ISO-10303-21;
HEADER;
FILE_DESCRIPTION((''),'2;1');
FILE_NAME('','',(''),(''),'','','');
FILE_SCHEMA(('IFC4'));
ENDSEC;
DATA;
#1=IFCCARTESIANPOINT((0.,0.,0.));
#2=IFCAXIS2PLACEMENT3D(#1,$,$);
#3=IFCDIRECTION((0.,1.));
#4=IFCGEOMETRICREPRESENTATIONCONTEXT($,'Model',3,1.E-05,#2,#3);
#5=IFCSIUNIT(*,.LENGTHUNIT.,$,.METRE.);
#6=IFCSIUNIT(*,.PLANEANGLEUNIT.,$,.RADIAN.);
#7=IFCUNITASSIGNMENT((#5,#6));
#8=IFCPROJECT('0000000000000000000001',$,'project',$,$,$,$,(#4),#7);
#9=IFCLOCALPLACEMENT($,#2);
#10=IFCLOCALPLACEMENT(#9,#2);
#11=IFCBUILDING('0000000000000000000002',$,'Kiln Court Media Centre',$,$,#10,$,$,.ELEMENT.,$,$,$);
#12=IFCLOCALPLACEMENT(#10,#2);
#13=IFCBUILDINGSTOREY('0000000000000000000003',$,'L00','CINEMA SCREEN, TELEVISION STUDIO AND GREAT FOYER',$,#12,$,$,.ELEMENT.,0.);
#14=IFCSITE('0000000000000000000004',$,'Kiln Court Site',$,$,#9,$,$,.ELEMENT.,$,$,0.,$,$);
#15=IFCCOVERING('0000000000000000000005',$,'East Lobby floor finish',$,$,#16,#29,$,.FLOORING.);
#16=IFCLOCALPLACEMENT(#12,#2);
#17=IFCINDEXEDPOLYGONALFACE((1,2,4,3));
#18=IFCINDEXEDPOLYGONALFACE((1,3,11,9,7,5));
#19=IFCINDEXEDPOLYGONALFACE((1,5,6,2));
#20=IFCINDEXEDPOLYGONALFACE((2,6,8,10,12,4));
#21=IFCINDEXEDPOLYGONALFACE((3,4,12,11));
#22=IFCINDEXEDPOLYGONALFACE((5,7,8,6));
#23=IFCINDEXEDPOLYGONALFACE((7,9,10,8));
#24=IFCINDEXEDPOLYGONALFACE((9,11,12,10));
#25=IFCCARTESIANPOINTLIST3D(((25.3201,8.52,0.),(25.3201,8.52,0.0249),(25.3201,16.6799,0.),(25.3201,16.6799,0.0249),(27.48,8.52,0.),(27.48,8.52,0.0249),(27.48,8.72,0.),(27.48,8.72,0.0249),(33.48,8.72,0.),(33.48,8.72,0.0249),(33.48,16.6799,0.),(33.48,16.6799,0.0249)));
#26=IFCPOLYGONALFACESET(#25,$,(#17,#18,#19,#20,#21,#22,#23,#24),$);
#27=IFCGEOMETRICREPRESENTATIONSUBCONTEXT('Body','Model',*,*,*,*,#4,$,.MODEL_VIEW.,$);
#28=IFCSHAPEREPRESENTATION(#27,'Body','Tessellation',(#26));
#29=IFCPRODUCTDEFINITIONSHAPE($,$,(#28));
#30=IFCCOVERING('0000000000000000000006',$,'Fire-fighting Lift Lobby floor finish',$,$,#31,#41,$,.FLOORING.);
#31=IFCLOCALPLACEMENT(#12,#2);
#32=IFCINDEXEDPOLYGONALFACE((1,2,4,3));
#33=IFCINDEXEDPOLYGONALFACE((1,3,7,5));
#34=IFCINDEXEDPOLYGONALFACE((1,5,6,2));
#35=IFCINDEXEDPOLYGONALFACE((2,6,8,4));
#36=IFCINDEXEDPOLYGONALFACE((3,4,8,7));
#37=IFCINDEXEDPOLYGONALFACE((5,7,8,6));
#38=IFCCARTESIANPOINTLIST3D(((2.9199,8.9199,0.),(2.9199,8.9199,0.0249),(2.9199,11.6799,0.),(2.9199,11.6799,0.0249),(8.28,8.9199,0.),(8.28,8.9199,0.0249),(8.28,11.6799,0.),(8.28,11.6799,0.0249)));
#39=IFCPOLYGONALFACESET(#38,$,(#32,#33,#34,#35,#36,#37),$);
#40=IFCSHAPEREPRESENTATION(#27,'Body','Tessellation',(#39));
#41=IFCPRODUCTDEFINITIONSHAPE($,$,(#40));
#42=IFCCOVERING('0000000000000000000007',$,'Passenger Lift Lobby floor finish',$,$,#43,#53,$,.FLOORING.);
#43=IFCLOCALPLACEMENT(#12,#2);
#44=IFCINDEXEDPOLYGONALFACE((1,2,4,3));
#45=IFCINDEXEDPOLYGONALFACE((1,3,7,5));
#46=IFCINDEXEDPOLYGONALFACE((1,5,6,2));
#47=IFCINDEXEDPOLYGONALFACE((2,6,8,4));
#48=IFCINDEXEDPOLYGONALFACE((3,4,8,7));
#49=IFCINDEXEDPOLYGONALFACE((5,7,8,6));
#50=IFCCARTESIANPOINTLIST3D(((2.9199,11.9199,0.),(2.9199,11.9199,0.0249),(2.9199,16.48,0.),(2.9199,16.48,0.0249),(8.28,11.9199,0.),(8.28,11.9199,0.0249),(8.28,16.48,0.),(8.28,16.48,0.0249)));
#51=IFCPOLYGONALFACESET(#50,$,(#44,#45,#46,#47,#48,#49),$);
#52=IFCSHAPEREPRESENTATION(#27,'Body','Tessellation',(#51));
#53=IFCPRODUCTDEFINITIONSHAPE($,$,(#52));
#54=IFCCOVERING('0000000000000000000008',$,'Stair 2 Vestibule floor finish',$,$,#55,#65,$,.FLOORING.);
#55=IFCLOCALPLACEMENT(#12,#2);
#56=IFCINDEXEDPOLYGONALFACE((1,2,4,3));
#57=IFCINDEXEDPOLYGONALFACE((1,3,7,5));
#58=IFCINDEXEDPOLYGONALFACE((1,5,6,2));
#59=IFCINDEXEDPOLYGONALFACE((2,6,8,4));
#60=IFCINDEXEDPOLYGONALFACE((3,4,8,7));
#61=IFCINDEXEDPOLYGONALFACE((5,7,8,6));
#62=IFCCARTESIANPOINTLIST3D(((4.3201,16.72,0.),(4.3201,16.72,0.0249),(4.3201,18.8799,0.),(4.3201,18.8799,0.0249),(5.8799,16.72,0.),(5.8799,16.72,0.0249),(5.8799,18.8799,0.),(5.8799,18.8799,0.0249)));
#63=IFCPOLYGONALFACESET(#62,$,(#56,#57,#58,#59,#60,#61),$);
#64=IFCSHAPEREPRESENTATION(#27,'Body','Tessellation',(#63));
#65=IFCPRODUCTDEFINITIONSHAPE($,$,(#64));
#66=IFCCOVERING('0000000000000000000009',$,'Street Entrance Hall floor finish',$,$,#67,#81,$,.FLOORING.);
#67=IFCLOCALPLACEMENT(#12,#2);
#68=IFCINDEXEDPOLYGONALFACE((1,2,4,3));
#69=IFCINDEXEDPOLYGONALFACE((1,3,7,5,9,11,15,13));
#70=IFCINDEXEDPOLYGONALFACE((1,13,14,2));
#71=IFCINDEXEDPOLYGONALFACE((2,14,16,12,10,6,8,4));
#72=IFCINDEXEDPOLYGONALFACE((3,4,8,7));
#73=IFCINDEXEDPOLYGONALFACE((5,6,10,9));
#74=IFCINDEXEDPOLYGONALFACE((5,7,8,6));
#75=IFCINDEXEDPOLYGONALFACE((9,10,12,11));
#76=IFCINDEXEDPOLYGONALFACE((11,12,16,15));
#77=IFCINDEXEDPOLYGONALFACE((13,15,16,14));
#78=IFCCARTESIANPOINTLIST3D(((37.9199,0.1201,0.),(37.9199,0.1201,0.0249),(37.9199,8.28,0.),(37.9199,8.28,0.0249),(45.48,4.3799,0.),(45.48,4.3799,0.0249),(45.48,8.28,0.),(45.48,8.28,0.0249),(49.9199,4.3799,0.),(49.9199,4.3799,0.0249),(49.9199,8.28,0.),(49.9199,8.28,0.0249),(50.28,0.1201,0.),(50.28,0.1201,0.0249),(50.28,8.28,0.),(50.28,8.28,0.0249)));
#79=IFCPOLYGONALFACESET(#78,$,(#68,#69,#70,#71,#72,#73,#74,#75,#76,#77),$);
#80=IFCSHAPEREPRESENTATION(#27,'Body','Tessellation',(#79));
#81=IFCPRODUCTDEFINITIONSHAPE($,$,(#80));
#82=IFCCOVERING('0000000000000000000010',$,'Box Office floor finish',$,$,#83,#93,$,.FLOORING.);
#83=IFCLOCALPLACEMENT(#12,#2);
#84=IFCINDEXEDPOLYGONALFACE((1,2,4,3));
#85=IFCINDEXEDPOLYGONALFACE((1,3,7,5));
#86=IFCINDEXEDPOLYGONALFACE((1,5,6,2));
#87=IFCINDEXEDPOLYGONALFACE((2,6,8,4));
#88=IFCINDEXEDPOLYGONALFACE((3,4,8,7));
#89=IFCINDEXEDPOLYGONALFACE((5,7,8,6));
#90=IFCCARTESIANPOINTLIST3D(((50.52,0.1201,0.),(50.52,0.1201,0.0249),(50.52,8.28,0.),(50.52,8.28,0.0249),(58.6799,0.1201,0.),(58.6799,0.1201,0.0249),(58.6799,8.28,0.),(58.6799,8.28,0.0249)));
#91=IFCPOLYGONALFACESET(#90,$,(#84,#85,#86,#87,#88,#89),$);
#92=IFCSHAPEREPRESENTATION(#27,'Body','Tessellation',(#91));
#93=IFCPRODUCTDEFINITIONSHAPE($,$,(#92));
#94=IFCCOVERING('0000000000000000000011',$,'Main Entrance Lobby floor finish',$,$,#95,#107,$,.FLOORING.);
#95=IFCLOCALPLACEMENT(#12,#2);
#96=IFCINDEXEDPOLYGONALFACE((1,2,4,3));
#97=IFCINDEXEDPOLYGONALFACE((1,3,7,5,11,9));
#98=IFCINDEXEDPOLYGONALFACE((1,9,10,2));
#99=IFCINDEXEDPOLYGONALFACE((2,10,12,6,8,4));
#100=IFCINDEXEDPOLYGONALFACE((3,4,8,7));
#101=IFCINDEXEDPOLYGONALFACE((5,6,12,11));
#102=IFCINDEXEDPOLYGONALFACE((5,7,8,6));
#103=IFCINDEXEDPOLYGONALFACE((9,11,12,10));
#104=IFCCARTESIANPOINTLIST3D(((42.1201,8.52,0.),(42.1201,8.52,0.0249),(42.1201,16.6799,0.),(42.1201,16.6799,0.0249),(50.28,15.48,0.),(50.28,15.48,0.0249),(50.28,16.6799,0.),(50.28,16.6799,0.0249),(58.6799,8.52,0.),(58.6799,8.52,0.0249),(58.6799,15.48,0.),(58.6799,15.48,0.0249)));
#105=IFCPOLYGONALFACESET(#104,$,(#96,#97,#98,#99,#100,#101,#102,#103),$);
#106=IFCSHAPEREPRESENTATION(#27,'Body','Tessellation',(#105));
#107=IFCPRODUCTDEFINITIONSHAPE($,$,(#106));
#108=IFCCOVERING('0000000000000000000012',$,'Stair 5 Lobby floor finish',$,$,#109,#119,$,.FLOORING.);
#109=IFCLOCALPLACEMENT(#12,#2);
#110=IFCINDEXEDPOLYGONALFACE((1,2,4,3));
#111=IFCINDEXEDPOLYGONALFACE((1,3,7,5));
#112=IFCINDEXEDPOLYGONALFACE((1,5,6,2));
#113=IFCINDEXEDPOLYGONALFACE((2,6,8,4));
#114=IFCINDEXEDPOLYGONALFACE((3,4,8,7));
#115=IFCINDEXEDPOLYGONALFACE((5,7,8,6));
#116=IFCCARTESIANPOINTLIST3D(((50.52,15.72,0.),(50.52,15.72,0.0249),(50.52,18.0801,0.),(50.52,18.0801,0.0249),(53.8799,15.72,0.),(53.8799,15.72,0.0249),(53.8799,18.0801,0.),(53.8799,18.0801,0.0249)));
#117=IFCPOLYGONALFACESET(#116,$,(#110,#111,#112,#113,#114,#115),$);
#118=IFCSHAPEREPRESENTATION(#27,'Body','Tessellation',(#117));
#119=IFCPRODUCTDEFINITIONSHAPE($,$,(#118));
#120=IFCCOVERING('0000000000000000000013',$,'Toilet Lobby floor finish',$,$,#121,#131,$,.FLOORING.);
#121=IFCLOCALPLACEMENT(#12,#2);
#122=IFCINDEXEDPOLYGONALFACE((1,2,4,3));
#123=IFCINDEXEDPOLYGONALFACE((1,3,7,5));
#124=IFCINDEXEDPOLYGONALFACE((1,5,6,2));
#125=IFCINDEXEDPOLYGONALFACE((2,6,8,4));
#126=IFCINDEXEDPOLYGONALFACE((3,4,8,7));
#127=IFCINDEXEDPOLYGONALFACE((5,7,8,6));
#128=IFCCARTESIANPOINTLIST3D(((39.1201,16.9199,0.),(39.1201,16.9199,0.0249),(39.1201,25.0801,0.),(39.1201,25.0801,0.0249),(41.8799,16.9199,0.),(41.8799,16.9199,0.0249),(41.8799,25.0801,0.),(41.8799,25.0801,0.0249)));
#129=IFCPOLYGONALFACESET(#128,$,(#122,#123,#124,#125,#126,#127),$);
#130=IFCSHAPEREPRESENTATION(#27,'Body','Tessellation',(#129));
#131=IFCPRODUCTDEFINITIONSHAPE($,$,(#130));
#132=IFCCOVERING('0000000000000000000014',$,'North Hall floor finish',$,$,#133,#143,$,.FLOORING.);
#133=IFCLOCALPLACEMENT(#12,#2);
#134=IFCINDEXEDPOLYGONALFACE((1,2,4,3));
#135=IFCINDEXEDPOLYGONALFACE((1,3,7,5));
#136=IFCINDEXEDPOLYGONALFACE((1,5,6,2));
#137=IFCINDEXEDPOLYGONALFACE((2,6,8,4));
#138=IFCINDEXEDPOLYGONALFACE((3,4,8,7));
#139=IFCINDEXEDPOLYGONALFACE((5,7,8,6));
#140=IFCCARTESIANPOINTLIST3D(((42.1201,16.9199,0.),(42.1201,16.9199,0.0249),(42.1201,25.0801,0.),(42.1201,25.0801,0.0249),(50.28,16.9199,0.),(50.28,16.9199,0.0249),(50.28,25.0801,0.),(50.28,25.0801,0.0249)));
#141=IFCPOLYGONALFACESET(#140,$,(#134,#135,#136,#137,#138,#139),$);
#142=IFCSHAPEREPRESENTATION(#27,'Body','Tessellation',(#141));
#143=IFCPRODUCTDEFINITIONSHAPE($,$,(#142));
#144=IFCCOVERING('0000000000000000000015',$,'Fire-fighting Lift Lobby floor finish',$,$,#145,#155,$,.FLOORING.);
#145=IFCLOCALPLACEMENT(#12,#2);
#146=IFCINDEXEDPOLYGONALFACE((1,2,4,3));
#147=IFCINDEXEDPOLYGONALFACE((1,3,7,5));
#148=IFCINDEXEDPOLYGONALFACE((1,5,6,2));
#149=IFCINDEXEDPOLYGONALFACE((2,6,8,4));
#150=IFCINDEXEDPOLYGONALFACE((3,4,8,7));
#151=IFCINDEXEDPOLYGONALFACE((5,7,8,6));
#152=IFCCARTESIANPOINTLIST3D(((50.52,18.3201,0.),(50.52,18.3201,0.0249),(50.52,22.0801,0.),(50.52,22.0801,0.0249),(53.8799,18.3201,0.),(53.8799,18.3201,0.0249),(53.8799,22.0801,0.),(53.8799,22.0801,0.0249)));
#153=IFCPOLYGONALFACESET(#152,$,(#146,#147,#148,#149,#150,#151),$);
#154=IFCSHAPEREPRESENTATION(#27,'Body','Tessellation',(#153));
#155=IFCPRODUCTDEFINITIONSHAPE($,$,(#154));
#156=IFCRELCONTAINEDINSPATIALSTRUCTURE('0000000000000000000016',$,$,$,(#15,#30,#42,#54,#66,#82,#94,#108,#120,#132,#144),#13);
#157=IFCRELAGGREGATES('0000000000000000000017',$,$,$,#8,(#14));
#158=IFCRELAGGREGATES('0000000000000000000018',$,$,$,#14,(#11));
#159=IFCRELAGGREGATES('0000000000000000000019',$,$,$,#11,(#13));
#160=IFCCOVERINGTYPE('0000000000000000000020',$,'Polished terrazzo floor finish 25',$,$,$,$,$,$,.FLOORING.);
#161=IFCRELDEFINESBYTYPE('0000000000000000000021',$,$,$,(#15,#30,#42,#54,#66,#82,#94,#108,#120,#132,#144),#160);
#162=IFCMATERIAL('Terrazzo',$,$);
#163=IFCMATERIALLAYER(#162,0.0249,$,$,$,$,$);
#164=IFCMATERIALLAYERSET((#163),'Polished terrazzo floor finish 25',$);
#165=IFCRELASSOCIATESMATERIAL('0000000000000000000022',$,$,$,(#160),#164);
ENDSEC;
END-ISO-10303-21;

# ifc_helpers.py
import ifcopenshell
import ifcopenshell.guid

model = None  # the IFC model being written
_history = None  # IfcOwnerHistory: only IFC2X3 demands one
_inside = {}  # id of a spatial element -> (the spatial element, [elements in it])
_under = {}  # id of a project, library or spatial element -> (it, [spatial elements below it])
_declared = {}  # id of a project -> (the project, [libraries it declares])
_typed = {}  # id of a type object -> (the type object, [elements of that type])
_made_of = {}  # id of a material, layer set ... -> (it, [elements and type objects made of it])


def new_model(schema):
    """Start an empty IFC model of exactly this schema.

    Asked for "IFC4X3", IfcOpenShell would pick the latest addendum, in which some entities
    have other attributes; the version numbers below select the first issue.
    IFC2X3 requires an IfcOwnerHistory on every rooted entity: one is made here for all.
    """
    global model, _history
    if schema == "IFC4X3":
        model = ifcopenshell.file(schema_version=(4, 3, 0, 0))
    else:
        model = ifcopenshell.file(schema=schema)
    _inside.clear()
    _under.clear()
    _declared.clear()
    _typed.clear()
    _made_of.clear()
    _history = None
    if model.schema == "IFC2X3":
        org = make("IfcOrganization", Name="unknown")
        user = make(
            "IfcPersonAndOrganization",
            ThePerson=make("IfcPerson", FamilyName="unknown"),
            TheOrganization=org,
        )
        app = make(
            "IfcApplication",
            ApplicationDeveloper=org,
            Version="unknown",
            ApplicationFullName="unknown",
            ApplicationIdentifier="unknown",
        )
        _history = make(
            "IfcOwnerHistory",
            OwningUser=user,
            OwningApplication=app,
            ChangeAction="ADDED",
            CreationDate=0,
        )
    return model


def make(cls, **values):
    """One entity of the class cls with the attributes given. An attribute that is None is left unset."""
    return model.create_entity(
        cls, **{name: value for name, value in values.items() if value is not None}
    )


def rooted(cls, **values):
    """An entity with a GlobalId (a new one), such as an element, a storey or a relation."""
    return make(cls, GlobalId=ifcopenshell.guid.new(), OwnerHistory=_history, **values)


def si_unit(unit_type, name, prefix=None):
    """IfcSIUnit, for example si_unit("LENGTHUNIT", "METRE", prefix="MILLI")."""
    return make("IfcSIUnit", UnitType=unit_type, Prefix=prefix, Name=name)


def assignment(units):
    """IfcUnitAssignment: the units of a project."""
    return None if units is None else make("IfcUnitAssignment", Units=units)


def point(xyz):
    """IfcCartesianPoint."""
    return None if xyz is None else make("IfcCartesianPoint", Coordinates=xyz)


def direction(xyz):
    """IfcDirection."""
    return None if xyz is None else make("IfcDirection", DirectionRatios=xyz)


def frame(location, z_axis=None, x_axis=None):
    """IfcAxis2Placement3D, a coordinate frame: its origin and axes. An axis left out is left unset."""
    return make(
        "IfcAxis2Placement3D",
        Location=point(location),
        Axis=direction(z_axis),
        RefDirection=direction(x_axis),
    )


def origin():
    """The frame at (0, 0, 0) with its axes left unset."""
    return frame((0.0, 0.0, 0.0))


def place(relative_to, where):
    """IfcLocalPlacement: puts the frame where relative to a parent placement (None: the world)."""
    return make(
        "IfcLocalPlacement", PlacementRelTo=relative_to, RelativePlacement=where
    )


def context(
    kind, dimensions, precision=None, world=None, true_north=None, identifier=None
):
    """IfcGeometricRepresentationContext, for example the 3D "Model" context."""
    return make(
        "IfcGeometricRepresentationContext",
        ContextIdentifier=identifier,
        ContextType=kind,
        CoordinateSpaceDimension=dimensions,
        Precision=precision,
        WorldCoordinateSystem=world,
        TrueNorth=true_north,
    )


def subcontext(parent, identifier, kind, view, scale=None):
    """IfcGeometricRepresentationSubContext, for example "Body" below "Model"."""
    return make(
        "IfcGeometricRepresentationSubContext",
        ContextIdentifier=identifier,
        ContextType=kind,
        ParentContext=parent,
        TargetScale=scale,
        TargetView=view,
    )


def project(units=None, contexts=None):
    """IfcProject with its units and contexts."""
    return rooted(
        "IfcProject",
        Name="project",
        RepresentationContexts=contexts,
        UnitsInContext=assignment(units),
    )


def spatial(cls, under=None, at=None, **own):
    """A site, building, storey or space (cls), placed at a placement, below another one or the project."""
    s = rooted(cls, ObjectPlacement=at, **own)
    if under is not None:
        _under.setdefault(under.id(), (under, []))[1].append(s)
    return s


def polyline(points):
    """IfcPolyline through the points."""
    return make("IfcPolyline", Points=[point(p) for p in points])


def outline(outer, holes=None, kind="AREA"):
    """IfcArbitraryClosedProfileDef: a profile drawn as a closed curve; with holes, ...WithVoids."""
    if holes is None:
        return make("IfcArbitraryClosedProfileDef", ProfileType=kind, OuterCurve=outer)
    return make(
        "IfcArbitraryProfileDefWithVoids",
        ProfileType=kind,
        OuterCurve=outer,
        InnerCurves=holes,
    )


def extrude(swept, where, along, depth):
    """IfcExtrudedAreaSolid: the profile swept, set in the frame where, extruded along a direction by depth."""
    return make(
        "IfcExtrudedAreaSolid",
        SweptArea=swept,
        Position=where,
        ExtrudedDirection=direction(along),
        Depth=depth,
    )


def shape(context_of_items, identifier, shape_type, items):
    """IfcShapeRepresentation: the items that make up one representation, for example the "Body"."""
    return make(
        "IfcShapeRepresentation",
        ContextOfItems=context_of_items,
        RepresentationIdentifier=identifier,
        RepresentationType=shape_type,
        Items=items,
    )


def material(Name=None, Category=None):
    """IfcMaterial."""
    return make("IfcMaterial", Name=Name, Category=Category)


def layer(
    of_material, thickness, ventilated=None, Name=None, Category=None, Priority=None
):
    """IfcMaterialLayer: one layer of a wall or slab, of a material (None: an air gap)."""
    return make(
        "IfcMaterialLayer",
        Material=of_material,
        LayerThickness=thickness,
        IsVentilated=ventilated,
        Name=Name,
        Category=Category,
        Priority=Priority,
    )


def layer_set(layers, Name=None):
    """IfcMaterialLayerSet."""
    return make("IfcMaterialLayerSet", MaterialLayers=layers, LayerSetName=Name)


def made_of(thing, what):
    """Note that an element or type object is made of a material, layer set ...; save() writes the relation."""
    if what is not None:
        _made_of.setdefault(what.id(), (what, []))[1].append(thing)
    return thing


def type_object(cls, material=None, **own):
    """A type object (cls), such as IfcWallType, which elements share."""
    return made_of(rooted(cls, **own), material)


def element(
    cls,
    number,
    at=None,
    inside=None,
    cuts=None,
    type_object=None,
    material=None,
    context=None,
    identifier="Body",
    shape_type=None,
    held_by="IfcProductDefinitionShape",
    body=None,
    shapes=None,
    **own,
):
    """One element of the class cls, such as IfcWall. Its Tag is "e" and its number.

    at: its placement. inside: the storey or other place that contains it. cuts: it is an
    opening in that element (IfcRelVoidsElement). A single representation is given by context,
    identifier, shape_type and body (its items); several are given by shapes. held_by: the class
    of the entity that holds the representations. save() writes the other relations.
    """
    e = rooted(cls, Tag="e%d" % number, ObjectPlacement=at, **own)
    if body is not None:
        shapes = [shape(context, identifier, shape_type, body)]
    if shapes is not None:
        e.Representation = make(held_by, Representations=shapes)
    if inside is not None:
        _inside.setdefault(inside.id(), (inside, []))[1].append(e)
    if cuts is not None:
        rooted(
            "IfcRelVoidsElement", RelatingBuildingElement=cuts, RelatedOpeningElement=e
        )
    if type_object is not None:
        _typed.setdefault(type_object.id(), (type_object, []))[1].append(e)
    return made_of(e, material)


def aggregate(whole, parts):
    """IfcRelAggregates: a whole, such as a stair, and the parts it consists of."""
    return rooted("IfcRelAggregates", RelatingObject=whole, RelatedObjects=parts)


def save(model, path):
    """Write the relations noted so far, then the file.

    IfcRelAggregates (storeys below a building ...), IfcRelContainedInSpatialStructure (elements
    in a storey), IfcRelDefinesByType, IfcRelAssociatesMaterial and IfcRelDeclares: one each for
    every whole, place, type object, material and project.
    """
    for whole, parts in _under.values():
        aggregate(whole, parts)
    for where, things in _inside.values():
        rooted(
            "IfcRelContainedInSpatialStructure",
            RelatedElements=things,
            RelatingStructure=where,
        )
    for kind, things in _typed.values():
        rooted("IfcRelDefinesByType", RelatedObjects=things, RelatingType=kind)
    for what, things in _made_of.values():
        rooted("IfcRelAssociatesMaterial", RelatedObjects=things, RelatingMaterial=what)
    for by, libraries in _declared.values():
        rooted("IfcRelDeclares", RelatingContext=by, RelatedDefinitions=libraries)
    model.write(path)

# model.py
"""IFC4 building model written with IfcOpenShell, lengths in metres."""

from ifc_helpers import new_model, si_unit, direction, origin, place, context, subcontext, project, spatial, polyline, outline, extrude, material, layer, layer_set, type_object, element, save


model = new_model("IFC4")

# Units and contexts
model_context = context("Model", 3, precision=1e-05, world=origin(), true_north=direction((0.0, 1.0)))
body_context = subcontext(model_context, "Body", "Model", "MODEL_VIEW")
ifc_project = project(units=[si_unit("LENGTHUNIT", "METRE"), si_unit("PLANEANGLEUNIT", "RADIAN")], contexts=[model_context])

# Site, building, storey
site_placement = place(None, origin())
site = spatial("IfcSite", under=ifc_project, at=site_placement, Name="Kiln Court Site", CompositionType="ELEMENT", RefElevation=0.0)
building_placement = place(site_placement, origin())
building = spatial("IfcBuilding", under=site, at=building_placement, Name="Kiln Court Media Centre", CompositionType="ELEMENT")
storey_placement = place(building_placement, origin())
storey = spatial("IfcBuildingStorey", under=building, at=storey_placement, Name="L00", Description="CINEMA SCREEN, TELEVISION STUDIO AND GREAT FOYER", CompositionType="ELEMENT", Elevation=0.0)

# Coverings
ifc_material_1 = material(Name="Terrazzo")
ifc_layer_1 = layer(ifc_material_1, 0.0249)
ifc_layer_set_1 = layer_set([ifc_layer_1], Name="Polished terrazzo floor finish 25")
covering_type_1 = type_object("IfcCoveringType", Name="Polished terrazzo floor finish 25", PredefinedType="FLOORING", material=ifc_layer_set_1)
covering_1_placement = place(storey_placement, origin())
element("IfcCovering", 1, at=covering_1_placement, inside=storey, type_object=covering_type_1, Name="East Lobby floor finish", PredefinedType="FLOORING", context=body_context, shape_type="SweptSolid", body=[
    extrude(outline(polyline([(25.3201, 8.52), (27.48, 8.52), (27.48, 8.72), (33.48, 8.72), (33.48, 16.6799), (25.3201, 16.6799), (25.3201, 8.52)])), origin(), (0.0, 0.0, 1.0), 0.0249),
])
covering_2_placement = place(storey_placement, origin())
element("IfcCovering", 2, at=covering_2_placement, inside=storey, type_object=covering_type_1, Name="Fire-fighting Lift Lobby floor finish", PredefinedType="FLOORING", context=body_context, shape_type="SweptSolid", body=[
    extrude(outline(polyline([(2.9199, 8.9199), (8.28, 8.9199), (8.28, 11.6799), (2.9199, 11.6799), (2.9199, 8.9199)])), origin(), (0.0, 0.0, 1.0), 0.0249),
])
covering_3_placement = place(storey_placement, origin())
element("IfcCovering", 3, at=covering_3_placement, inside=storey, type_object=covering_type_1, Name="Passenger Lift Lobby floor finish", PredefinedType="FLOORING", context=body_context, shape_type="SweptSolid", body=[
    extrude(outline(polyline([(2.9199, 11.9199), (8.28, 11.9199), (8.28, 16.48), (2.9199, 16.48), (2.9199, 11.9199)])), origin(), (0.0, 0.0, 1.0), 0.0249),
])
covering_4_placement = place(storey_placement, origin())
element("IfcCovering", 4, at=covering_4_placement, inside=storey, type_object=covering_type_1, Name="Stair 2 Vestibule floor finish", PredefinedType="FLOORING", context=body_context, shape_type="SweptSolid", body=[
    extrude(outline(polyline([(4.3201, 16.72), (5.8799, 16.72), (5.8799, 18.8799), (4.3201, 18.8799), (4.3201, 16.72)])), origin(), (0.0, 0.0, 1.0), 0.0249),
])
covering_5_placement = place(storey_placement, origin())
element("IfcCovering", 5, at=covering_5_placement, inside=storey, type_object=covering_type_1, Name="Street Entrance Hall floor finish", PredefinedType="FLOORING", context=body_context, shape_type="SweptSolid", body=[
    extrude(outline(polyline([(50.28, 8.28), (49.9199, 8.28), (49.9199, 4.3799), (45.48, 4.3799), (45.48, 8.28), (37.9199, 8.28), (37.9199, 0.1201), (50.28, 0.1201), (50.28, 8.28)])), origin(), (0.0, 0.0, 1.0), 0.0249),
])
covering_6_placement = place(storey_placement, origin())
element("IfcCovering", 6, at=covering_6_placement, inside=storey, type_object=covering_type_1, Name="Box Office floor finish", PredefinedType="FLOORING", context=body_context, shape_type="SweptSolid", body=[
    extrude(outline(polyline([(50.52, 0.1201), (58.6799, 0.1201), (58.6799, 8.28), (50.52, 8.28), (50.52, 0.1201)])), origin(), (0.0, 0.0, 1.0), 0.0249),
])
covering_7_placement = place(storey_placement, origin())
element("IfcCovering", 7, at=covering_7_placement, inside=storey, type_object=covering_type_1, Name="Main Entrance Lobby floor finish", PredefinedType="FLOORING", context=body_context, shape_type="SweptSolid", body=[
    extrude(outline(polyline([(58.6799, 15.48), (50.28, 15.48), (50.28, 16.6799), (42.1201, 16.6799), (42.1201, 8.52), (58.6799, 8.52), (58.6799, 15.48)])), origin(), (0.0, 0.0, 1.0), 0.0249),
])
covering_8_placement = place(storey_placement, origin())
element("IfcCovering", 8, at=covering_8_placement, inside=storey, type_object=covering_type_1, Name="Stair 5 Lobby floor finish", PredefinedType="FLOORING", context=body_context, shape_type="SweptSolid", body=[
    extrude(outline(polyline([(50.52, 15.72), (53.8799, 15.72), (53.8799, 18.0801), (50.52, 18.0801), (50.52, 15.72)])), origin(), (0.0, 0.0, 1.0), 0.0249),
])
covering_9_placement = place(storey_placement, origin())
element("IfcCovering", 9, at=covering_9_placement, inside=storey, type_object=covering_type_1, Name="Toilet Lobby floor finish", PredefinedType="FLOORING", context=body_context, shape_type="SweptSolid", body=[
    extrude(outline(polyline([(41.8799, 16.9199), (41.8799, 25.0801), (39.1201, 25.0801), (39.1201, 16.9199), (41.8799, 16.9199)])), origin(), (0.0, 0.0, 1.0), 0.0249),
])
covering_10_placement = place(storey_placement, origin())
element("IfcCovering", 10, at=covering_10_placement, inside=storey, type_object=covering_type_1, Name="North Hall floor finish", PredefinedType="FLOORING", context=body_context, shape_type="SweptSolid", body=[
    extrude(outline(polyline([(42.1201, 16.9199), (50.28, 16.9199), (50.28, 25.0801), (42.1201, 25.0801), (42.1201, 16.9199)])), origin(), (0.0, 0.0, 1.0), 0.0249),
])
covering_11_placement = place(storey_placement, origin())
element("IfcCovering", 11, at=covering_11_placement, inside=storey, type_object=covering_type_1, Name="Fire-fighting Lift Lobby floor finish", PredefinedType="FLOORING", context=body_context, shape_type="SweptSolid", body=[
    extrude(outline(polyline([(50.52, 18.3201), (53.8799, 18.3201), (53.8799, 22.0801), (50.52, 22.0801), (50.52, 18.3201)])), origin(), (0.0, 0.0, 1.0), 0.0249),
])

save(model, "model.ifc")
